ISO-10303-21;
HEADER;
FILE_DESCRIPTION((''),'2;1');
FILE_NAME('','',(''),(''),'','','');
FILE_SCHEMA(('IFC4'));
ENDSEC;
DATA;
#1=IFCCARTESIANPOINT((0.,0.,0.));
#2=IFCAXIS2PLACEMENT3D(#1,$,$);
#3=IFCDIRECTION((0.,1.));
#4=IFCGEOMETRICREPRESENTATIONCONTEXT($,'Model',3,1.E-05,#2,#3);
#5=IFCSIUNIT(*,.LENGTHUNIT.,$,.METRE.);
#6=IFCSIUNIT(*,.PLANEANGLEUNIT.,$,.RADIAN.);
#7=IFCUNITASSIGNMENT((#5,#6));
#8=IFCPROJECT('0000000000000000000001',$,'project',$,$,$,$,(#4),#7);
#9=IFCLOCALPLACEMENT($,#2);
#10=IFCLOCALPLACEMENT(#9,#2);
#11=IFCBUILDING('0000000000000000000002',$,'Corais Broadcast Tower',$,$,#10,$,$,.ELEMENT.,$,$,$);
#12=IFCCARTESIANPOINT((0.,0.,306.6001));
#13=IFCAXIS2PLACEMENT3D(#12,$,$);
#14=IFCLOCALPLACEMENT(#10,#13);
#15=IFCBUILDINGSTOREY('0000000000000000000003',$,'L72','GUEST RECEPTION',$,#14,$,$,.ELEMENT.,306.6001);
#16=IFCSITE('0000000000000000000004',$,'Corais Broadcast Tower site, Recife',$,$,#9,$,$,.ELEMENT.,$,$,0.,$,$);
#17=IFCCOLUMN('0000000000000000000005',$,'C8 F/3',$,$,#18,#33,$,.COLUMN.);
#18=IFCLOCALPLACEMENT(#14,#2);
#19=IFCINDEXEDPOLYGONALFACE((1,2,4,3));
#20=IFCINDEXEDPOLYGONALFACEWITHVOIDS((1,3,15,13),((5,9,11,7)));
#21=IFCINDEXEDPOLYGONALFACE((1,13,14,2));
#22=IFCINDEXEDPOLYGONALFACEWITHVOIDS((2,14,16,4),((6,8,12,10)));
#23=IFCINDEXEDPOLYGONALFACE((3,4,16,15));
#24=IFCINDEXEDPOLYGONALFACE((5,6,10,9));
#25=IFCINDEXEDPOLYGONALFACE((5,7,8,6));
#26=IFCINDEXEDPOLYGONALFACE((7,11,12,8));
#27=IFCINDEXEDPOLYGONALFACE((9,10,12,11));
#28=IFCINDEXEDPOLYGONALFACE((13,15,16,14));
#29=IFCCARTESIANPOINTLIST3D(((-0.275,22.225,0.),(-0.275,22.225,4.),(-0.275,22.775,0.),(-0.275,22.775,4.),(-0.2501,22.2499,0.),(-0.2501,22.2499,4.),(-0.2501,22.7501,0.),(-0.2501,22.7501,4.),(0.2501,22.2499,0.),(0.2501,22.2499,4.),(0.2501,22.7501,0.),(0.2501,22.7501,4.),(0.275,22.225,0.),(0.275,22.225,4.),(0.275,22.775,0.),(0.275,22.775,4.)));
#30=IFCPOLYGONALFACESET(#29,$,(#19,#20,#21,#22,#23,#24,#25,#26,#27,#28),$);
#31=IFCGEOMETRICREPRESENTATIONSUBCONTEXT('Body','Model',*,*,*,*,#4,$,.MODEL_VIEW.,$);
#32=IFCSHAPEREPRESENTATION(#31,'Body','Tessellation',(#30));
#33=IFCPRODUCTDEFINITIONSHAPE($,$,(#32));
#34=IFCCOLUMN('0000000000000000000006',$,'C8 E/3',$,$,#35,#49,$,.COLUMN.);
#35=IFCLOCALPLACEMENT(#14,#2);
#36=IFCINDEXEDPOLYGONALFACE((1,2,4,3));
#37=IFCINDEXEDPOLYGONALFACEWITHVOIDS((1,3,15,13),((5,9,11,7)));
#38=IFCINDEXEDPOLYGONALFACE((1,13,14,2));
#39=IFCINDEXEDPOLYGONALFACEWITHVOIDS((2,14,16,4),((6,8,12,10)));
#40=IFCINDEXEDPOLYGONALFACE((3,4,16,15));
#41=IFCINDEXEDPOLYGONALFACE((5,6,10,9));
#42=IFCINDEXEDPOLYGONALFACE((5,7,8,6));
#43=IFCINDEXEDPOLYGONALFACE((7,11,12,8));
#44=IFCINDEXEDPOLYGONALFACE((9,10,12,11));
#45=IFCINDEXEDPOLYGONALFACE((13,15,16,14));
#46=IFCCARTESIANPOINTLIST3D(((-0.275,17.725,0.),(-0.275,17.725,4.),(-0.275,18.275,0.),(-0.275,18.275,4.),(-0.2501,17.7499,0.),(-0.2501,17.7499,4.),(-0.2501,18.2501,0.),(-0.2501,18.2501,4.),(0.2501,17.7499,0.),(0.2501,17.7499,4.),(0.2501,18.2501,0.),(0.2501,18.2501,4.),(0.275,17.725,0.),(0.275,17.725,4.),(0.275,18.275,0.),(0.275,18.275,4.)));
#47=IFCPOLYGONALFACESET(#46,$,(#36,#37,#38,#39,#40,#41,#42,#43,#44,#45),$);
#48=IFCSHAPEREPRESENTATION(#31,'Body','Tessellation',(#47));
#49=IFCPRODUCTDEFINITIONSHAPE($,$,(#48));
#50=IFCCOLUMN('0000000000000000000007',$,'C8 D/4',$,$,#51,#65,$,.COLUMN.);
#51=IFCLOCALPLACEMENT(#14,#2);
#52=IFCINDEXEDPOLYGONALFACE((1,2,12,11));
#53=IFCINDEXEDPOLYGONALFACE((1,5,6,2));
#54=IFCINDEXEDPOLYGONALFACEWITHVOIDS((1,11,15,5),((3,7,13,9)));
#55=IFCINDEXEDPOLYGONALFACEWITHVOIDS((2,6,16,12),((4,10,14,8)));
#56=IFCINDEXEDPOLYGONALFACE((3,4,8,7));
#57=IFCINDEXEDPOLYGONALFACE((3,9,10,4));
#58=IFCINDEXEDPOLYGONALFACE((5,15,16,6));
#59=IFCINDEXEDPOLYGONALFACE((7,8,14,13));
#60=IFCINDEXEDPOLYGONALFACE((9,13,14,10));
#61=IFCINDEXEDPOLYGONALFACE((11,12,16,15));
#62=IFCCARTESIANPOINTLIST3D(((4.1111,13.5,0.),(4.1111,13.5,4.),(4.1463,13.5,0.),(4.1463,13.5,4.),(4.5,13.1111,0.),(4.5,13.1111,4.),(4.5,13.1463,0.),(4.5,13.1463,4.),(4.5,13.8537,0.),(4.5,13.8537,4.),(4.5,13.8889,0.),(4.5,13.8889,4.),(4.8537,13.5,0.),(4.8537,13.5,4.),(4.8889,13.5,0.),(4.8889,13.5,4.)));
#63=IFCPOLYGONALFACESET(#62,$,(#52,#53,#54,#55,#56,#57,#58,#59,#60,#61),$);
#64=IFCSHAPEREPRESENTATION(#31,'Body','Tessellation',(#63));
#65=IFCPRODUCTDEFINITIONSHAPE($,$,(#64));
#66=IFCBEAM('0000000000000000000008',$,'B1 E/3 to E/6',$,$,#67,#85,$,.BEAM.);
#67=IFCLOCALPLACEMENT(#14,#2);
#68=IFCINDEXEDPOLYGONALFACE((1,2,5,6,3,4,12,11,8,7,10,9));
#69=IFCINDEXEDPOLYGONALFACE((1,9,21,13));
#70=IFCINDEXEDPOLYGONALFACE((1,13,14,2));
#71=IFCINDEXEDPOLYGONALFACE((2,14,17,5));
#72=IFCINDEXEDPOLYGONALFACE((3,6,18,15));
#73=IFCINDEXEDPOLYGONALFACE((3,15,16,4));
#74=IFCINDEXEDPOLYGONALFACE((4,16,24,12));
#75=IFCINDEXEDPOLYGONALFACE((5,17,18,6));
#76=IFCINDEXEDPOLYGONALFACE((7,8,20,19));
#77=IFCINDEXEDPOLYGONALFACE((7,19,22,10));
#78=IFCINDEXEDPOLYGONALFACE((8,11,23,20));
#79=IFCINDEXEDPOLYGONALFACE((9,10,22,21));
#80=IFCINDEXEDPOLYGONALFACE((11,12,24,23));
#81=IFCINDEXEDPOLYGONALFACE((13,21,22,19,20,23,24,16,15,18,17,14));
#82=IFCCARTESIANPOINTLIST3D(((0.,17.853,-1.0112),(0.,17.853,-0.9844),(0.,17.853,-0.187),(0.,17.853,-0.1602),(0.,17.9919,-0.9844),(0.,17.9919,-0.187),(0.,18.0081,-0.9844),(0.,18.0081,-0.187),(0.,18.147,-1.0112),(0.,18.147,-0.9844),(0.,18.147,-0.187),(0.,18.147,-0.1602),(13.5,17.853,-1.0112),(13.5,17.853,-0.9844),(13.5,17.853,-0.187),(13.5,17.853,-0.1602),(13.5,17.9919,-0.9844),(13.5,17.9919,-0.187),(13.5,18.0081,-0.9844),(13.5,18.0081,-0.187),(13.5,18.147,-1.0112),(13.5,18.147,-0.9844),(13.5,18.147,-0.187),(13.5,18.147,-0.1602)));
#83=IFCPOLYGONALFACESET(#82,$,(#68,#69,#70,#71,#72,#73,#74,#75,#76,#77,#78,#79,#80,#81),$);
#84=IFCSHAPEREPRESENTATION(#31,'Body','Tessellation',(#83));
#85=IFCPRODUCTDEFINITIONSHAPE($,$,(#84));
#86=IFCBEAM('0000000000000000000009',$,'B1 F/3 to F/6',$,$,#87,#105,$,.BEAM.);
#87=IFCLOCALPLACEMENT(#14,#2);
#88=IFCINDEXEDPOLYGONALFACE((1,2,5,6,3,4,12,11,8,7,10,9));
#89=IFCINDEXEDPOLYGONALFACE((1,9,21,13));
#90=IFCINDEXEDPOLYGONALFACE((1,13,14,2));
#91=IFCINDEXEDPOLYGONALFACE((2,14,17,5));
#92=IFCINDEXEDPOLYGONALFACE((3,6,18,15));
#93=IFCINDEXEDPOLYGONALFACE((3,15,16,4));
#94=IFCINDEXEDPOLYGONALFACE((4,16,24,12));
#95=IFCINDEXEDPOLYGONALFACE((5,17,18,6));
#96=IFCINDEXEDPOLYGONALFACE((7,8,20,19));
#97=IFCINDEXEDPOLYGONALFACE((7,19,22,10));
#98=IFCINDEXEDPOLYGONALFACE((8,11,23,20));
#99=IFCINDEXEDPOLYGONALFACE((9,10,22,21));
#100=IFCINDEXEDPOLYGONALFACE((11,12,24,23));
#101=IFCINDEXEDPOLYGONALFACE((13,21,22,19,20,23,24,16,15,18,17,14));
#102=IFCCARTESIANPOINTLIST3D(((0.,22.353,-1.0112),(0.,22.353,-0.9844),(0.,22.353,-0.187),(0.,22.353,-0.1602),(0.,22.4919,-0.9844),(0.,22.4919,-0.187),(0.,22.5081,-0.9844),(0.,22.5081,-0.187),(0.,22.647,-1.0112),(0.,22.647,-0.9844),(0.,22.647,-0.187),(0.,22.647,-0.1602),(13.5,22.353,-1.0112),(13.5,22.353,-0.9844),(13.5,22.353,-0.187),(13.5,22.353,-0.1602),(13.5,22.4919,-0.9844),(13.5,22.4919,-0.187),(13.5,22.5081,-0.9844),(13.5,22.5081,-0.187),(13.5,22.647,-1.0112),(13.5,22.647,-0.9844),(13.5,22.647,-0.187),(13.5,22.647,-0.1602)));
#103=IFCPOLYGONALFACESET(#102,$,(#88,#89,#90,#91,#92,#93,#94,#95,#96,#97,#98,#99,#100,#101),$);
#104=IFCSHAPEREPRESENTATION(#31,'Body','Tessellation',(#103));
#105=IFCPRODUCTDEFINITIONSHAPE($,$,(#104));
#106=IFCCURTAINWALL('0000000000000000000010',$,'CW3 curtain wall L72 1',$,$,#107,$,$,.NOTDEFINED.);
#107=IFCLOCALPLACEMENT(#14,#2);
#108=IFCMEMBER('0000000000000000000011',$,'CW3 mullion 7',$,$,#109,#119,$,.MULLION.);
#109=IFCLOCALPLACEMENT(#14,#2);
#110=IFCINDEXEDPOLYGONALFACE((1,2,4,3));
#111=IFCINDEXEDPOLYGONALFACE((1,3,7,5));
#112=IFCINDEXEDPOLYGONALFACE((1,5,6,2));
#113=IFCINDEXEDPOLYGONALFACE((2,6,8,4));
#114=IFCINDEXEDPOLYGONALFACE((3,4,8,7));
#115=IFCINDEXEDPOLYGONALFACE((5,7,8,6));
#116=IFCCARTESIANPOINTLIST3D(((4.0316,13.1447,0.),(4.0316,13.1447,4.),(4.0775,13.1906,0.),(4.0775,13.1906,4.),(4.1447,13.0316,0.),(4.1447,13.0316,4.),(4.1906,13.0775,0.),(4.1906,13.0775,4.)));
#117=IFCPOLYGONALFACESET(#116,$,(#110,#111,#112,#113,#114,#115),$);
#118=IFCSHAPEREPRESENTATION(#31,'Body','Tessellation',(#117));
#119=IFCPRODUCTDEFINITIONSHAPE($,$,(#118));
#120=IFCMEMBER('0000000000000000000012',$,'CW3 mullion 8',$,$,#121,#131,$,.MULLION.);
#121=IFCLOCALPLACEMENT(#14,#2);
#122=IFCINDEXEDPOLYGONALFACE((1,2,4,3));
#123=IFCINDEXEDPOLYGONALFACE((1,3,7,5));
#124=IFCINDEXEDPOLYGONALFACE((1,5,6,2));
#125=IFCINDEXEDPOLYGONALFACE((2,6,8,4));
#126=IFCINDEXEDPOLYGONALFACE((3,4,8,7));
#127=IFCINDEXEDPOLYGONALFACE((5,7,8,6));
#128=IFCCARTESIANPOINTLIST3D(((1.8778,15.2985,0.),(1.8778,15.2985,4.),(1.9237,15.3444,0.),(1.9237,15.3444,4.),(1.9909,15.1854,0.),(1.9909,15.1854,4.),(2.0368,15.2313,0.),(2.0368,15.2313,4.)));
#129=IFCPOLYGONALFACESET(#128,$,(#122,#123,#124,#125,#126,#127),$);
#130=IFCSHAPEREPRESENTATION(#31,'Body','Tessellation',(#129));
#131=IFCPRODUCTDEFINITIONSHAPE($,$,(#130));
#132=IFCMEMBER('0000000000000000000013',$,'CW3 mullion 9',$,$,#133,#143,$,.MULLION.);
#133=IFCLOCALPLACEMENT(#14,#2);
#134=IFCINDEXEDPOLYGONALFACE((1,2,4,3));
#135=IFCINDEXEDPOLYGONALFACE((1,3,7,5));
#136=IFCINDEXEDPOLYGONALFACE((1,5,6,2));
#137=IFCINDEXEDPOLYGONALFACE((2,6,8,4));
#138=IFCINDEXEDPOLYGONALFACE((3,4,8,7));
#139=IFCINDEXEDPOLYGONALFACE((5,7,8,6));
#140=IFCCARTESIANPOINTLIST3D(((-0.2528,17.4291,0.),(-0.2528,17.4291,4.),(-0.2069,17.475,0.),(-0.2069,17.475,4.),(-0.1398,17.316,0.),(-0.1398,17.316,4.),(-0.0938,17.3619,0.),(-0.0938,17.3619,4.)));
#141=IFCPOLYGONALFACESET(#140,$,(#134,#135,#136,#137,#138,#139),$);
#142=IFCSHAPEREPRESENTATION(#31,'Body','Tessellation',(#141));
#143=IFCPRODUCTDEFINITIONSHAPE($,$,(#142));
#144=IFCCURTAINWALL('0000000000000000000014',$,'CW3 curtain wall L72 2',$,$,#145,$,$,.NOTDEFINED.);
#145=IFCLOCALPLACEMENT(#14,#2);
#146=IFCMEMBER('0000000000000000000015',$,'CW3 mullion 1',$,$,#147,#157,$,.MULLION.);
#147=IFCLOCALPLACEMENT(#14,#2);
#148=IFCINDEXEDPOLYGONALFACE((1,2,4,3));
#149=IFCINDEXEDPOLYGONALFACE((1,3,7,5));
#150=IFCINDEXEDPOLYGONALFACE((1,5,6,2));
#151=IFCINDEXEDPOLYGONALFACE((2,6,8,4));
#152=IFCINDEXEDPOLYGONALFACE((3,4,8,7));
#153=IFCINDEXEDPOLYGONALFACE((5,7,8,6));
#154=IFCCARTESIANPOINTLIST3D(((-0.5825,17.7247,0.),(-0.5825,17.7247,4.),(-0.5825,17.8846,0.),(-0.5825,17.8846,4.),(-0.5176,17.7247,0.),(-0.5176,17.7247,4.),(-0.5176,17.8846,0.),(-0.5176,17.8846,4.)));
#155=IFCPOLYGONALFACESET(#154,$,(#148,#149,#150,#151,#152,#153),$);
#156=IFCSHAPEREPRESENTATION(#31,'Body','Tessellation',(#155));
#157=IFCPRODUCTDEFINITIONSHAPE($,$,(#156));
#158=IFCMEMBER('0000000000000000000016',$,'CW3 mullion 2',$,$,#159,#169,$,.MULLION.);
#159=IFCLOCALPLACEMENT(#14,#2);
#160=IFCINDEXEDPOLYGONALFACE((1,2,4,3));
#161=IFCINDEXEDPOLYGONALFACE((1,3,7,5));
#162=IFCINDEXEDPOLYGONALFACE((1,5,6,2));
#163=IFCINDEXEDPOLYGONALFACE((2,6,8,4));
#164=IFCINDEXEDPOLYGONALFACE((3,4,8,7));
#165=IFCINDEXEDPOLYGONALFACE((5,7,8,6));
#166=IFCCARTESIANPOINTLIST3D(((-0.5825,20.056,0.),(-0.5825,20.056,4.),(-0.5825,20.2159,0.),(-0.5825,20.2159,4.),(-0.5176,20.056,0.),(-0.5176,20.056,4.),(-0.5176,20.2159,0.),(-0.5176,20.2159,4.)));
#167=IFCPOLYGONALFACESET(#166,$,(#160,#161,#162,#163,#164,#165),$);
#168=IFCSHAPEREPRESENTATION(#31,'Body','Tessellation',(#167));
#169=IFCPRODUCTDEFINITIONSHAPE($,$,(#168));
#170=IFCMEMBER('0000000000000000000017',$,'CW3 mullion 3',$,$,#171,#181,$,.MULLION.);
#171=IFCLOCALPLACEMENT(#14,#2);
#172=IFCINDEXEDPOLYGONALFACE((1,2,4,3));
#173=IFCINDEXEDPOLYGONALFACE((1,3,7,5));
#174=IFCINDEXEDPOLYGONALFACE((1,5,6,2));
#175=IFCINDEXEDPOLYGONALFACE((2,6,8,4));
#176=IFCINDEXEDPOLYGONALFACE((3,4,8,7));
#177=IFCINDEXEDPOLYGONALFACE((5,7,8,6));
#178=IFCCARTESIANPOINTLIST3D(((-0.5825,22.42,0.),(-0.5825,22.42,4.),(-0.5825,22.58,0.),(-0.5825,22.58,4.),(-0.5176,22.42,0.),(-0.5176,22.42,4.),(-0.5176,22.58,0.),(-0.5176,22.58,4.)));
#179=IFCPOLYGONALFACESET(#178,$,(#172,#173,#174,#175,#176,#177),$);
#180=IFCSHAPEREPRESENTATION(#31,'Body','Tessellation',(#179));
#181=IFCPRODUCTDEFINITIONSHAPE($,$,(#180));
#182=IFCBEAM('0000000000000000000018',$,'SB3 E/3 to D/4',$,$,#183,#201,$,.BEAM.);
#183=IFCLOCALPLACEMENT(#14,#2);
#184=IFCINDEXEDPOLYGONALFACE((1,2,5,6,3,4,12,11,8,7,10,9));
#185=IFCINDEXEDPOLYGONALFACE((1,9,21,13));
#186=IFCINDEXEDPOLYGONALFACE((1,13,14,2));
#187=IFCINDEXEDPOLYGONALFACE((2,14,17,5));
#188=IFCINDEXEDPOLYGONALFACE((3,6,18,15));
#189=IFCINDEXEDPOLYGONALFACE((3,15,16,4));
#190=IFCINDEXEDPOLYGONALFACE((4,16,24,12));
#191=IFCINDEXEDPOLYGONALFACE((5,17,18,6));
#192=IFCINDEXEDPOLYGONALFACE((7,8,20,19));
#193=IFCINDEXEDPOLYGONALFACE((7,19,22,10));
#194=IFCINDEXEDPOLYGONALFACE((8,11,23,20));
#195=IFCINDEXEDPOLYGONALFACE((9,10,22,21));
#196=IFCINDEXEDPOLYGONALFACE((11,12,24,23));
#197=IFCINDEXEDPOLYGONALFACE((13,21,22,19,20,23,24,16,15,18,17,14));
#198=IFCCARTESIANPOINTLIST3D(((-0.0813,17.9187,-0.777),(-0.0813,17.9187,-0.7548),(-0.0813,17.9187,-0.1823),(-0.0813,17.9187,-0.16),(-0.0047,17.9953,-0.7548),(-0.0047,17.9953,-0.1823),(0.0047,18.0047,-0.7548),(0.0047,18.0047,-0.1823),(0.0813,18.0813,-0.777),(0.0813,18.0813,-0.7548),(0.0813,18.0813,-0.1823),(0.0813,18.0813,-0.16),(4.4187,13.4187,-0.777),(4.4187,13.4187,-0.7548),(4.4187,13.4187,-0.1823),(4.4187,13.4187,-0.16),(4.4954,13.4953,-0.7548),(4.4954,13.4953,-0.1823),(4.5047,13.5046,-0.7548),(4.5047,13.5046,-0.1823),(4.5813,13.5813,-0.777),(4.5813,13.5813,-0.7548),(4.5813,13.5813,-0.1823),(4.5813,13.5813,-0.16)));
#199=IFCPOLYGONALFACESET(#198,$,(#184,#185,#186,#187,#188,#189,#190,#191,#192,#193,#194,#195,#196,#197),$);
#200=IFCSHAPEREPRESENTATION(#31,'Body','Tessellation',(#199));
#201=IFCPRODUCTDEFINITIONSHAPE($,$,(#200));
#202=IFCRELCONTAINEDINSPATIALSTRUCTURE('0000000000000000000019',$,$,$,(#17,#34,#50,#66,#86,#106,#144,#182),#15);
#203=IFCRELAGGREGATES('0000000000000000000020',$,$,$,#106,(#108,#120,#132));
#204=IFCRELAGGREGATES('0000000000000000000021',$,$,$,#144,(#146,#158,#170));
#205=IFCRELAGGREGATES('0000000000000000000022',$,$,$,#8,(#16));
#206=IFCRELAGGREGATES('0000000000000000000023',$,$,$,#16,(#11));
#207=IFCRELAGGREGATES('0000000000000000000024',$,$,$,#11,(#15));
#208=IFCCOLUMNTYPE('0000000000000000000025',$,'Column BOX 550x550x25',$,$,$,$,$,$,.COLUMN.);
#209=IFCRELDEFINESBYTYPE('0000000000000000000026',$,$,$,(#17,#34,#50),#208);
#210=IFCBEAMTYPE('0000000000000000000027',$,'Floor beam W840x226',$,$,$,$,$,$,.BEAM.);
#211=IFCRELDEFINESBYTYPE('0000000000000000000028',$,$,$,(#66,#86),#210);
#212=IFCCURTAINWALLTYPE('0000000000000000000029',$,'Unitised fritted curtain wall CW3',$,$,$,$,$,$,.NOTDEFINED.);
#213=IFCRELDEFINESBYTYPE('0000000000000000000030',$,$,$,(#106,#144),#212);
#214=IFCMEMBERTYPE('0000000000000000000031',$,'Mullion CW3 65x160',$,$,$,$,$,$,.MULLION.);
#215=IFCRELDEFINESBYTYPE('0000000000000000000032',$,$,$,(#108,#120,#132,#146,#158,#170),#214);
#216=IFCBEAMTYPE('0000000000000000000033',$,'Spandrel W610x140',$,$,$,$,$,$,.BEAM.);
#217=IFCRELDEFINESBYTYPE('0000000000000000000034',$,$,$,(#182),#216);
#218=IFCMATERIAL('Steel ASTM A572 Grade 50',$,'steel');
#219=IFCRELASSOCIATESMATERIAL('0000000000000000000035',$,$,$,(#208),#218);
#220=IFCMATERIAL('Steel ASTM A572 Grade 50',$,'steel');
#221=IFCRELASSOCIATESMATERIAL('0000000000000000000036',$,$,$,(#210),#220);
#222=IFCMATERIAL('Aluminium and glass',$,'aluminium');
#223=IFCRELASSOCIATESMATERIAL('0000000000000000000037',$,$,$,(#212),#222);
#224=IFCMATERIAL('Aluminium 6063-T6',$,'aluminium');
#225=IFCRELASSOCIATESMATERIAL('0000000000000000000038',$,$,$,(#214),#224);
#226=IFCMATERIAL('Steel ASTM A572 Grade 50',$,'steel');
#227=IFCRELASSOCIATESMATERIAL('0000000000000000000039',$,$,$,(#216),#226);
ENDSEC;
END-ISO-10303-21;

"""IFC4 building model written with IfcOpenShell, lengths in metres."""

from ifc_helpers import new_model, si_unit, direction, frame, origin, origin_2d, place, context, subcontext, project, spatial, rectangle, hollow_rectangle, i_section, extrude, material, material_profile, profile_set, type_object, element, aggregate, save


model = new_model("IFC4")

# Units and contexts
model_context = context("Model", 3, precision=1e-05, world=origin(), true_north=direction((0.0, 1.0)))
body_context = subcontext(model_context, "Body", "Model", "MODEL_VIEW")
ifc_project = project(units=[si_unit("LENGTHUNIT", "METRE"), si_unit("PLANEANGLEUNIT", "RADIAN")], contexts=[model_context])

# Site, building, storey
site_placement = place(None, origin())
site = spatial("IfcSite", under=ifc_project, at=site_placement, Name="Corais Broadcast Tower site, Recife", CompositionType="ELEMENT", RefElevation=0.0)
building_placement = place(site_placement, origin())
building = spatial("IfcBuilding", under=site, at=building_placement, Name="Corais Broadcast Tower", CompositionType="ELEMENT")
storey_placement = place(building_placement, frame((0.0, 0.0, 306.6001)))
storey = spatial("IfcBuildingStorey", under=building, at=storey_placement, Name="L72", Description="GUEST RECEPTION", CompositionType="ELEMENT", Elevation=306.6001)

# Columns
ifc_material_1 = material(Name="Steel ASTM A572 Grade 50", Category="steel")
ifc_material_profile_1 = material_profile(ifc_material_1, hollow_rectangle(XDim=0.55, YDim=0.55, WallThickness=0.0249, at=origin_2d()), Name="BOX 550x550x25")
ifc_profile_set_1 = profile_set([ifc_material_profile_1], Name="Steel ASTM A572 Grade 50")
column_type = type_object("IfcColumnType", Name="Column BOX 550x550x25", PredefinedType="COLUMN", material=ifc_profile_set_1)
for number, where, z_axis, x_axis, name in (
    (1, (0.0, 22.5, 0.0), (0.0, 0.0, 1.0), (1.0, 0.0, 0.0), "C8 F/3"),
    (2, (0.0, 18.0, 0.0), (0.0, 0.0, 1.0), (1.0, 0.0, 0.0), "C8 E/3"),
    (3, (4.5, 13.5, 0.0), (0.0, 0.0, 1.0), (0.707107, 0.707107, 0.0), "C8 D/4"),
):
    element("IfcColumn", number, at=place(storey_placement, frame(where, z_axis=z_axis, x_axis=x_axis)), inside=storey, type_object=column_type, Name=name, PredefinedType="COLUMN", context=body_context, shape_type="SweptSolid", body=[
        extrude(hollow_rectangle(XDim=0.55, YDim=0.55, WallThickness=0.0249, at=origin_2d()), origin(), (0.0, 0.0, 1.0), 4.0),
    ])

# Beams
ifc_material_2 = material(Name="Steel ASTM A572 Grade 50", Category="steel")
ifc_material_profile_2 = material_profile(ifc_material_2, i_section(OverallWidth=0.2939, OverallDepth=0.8511, WebThickness=0.0161, FlangeThickness=0.0269, at=origin_2d()), Name="W840x226")
ifc_profile_set_2 = profile_set([ifc_material_profile_2], Name="Steel ASTM A572 Grade 50")
beam_type_1 = type_object("IfcBeamType", Name="Floor beam W840x226", PredefinedType="BEAM", material=ifc_profile_set_2)
for number, where, z_axis, x_axis, name in (
    (4, (0.0, 18.0, -0.5857), (1.0, 0.0, 0.0), (0.0, 1.0, 0.0), "B1 E/3 to E/6"),
    (5, (0.0, 22.5, -0.5857), (1.0, 0.0, 0.0), (0.0, 1.0, 0.0), "B1 F/3 to F/6"),
):
    element("IfcBeam", number, at=place(storey_placement, frame(where, z_axis=z_axis, x_axis=x_axis)), inside=storey, type_object=beam_type_1, Name=name, PredefinedType="BEAM", context=body_context, shape_type="SweptSolid", body=[
        extrude(i_section(OverallWidth=0.2939, OverallDepth=0.8511, WebThickness=0.0161, FlangeThickness=0.0269, at=origin_2d()), origin(), (0.0, 0.0, 1.0), 13.5),
    ])

# Curtain walls, members
ifc_material_3 = material(Name="Aluminium and glass", Category="aluminium")
curtain_wall_type = type_object("IfcCurtainWallType", Name="Unitised fritted curtain wall CW3", PredefinedType="NOTDEFINED", material=ifc_material_3)
curtain_wall_1_placement = place(storey_placement, origin())
curtain_wall_1 = element("IfcCurtainWall", 6, at=curtain_wall_1_placement, inside=storey, type_object=curtain_wall_type, Name="CW3 curtain wall L72 1", PredefinedType="NOTDEFINED")
ifc_material_4 = material(Name="Aluminium 6063-T6", Category="aluminium")
ifc_material_profile_3 = material_profile(ifc_material_4, rectangle(XDim=0.0649, YDim=0.1599, at=origin_2d()), Name="Mullion CW3 65x160")
ifc_profile_set_3 = profile_set([ifc_material_profile_3], Name="Aluminium 6063-T6")
member_type_1 = type_object("IfcMemberType", Name="Mullion CW3 65x160", PredefinedType="MULLION", material=ifc_profile_set_3)
member_1_placement = place(storey_placement, frame((4.1111, 13.1111, 0.0), z_axis=(0.0, 0.0, 1.0), x_axis=(-0.707107, -0.707107, 0.0)))
member_1 = element("IfcMember", 7, at=member_1_placement, type_object=member_type_1, Name="CW3 mullion 7", PredefinedType="MULLION", context=body_context, shape_type="SweptSolid", body=[
    extrude(rectangle(XDim=0.0649, YDim=0.1599, at=origin_2d()), origin(), (0.0, 0.0, 1.0), 4.0),
])
member_2_placement = place(storey_placement, frame((1.9573, 15.2649, 0.0), z_axis=(0.0, 0.0, 1.0), x_axis=(-0.707107, -0.707107, 0.0)))
member_2 = element("IfcMember", 8, at=member_2_placement, type_object=member_type_1, Name="CW3 mullion 8", PredefinedType="MULLION", context=body_context, shape_type="SweptSolid", body=[
    extrude(rectangle(XDim=0.0649, YDim=0.1599, at=origin_2d()), origin(), (0.0, 0.0, 1.0), 4.0),
])
member_3_placement = place(storey_placement, frame((-0.1733, 17.3955, 0.0), z_axis=(0.0, 0.0, 1.0), x_axis=(-0.707107, -0.707107, 0.0)))
member_3 = element("IfcMember", 9, at=member_3_placement, type_object=member_type_1, Name="CW3 mullion 9", PredefinedType="MULLION", context=body_context, shape_type="SweptSolid", body=[
    extrude(rectangle(XDim=0.0649, YDim=0.1599, at=origin_2d()), origin(), (0.0, 0.0, 1.0), 4.0),
])
curtain_wall_2_placement = place(storey_placement, origin())
curtain_wall_2 = element("IfcCurtainWall", 10, at=curtain_wall_2_placement, inside=storey, type_object=curtain_wall_type, Name="CW3 curtain wall L72 2", PredefinedType="NOTDEFINED")
member_4_placement = place(storey_placement, frame((-0.55, 17.8047, 0.0), z_axis=(0.0, 0.0, 1.0), x_axis=(-1.0, 0.0, 0.0)))
member_4 = element("IfcMember", 11, at=member_4_placement, type_object=member_type_1, Name="CW3 mullion 1", PredefinedType="MULLION", context=body_context, shape_type="SweptSolid", body=[
    extrude(rectangle(XDim=0.0649, YDim=0.1599, at=origin_2d()), origin(), (0.0, 0.0, 1.0), 4.0),
])
member_5_placement = place(storey_placement, frame((-0.55, 20.136, 0.0), z_axis=(0.0, 0.0, 1.0), x_axis=(-1.0, 0.0, 0.0)))
member_5 = element("IfcMember", 12, at=member_5_placement, type_object=member_type_1, Name="CW3 mullion 2", PredefinedType="MULLION", context=body_context, shape_type="SweptSolid", body=[
    extrude(rectangle(XDim=0.0649, YDim=0.1599, at=origin_2d()), origin(), (0.0, 0.0, 1.0), 4.0),
])
member_6_placement = place(storey_placement, frame((-0.55, 22.5, 0.0), z_axis=(0.0, 0.0, 1.0), x_axis=(-1.0, 0.0, 0.0)))
member_6 = element("IfcMember", 13, at=member_6_placement, type_object=member_type_1, Name="CW3 mullion 3", PredefinedType="MULLION", context=body_context, shape_type="SweptSolid", body=[
    extrude(rectangle(XDim=0.0649, YDim=0.1599, at=origin_2d()), origin(), (0.0, 0.0, 1.0), 4.0),
])

# Beam
ifc_material_5 = material(Name="Steel ASTM A572 Grade 50", Category="steel")
ifc_material_profile_4 = material_profile(ifc_material_5, i_section(OverallWidth=0.23, OverallDepth=0.6169, WebThickness=0.0132, FlangeThickness=0.0222, at=origin_2d()), Name="W610x140")
ifc_profile_set_4 = profile_set([ifc_material_profile_4], Name="Steel ASTM A572 Grade 50")
beam_type_2 = type_object("IfcBeamType", Name="Spandrel W610x140", PredefinedType="BEAM", material=ifc_profile_set_4)
beam_1_placement = place(storey_placement, frame((0.0, 18.0, -0.4685), z_axis=(0.707107, -0.707107, 0.0), x_axis=(0.707107, 0.707107, 0.0)))
element("IfcBeam", 14, at=beam_1_placement, inside=storey, type_object=beam_type_2, Name="SB3 E/3 to D/4", PredefinedType="BEAM", context=body_context, shape_type="SweptSolid", body=[
    extrude(i_section(OverallWidth=0.23, OverallDepth=0.6169, WebThickness=0.0132, FlangeThickness=0.0222, at=origin_2d()), origin(), (0.0, 0.0, 1.0), 6.364),
])

aggregate(curtain_wall_1, [member_1, member_2, member_3])
aggregate(curtain_wall_2, [member_4, member_5, member_6])

save(model, "model.ifc")
